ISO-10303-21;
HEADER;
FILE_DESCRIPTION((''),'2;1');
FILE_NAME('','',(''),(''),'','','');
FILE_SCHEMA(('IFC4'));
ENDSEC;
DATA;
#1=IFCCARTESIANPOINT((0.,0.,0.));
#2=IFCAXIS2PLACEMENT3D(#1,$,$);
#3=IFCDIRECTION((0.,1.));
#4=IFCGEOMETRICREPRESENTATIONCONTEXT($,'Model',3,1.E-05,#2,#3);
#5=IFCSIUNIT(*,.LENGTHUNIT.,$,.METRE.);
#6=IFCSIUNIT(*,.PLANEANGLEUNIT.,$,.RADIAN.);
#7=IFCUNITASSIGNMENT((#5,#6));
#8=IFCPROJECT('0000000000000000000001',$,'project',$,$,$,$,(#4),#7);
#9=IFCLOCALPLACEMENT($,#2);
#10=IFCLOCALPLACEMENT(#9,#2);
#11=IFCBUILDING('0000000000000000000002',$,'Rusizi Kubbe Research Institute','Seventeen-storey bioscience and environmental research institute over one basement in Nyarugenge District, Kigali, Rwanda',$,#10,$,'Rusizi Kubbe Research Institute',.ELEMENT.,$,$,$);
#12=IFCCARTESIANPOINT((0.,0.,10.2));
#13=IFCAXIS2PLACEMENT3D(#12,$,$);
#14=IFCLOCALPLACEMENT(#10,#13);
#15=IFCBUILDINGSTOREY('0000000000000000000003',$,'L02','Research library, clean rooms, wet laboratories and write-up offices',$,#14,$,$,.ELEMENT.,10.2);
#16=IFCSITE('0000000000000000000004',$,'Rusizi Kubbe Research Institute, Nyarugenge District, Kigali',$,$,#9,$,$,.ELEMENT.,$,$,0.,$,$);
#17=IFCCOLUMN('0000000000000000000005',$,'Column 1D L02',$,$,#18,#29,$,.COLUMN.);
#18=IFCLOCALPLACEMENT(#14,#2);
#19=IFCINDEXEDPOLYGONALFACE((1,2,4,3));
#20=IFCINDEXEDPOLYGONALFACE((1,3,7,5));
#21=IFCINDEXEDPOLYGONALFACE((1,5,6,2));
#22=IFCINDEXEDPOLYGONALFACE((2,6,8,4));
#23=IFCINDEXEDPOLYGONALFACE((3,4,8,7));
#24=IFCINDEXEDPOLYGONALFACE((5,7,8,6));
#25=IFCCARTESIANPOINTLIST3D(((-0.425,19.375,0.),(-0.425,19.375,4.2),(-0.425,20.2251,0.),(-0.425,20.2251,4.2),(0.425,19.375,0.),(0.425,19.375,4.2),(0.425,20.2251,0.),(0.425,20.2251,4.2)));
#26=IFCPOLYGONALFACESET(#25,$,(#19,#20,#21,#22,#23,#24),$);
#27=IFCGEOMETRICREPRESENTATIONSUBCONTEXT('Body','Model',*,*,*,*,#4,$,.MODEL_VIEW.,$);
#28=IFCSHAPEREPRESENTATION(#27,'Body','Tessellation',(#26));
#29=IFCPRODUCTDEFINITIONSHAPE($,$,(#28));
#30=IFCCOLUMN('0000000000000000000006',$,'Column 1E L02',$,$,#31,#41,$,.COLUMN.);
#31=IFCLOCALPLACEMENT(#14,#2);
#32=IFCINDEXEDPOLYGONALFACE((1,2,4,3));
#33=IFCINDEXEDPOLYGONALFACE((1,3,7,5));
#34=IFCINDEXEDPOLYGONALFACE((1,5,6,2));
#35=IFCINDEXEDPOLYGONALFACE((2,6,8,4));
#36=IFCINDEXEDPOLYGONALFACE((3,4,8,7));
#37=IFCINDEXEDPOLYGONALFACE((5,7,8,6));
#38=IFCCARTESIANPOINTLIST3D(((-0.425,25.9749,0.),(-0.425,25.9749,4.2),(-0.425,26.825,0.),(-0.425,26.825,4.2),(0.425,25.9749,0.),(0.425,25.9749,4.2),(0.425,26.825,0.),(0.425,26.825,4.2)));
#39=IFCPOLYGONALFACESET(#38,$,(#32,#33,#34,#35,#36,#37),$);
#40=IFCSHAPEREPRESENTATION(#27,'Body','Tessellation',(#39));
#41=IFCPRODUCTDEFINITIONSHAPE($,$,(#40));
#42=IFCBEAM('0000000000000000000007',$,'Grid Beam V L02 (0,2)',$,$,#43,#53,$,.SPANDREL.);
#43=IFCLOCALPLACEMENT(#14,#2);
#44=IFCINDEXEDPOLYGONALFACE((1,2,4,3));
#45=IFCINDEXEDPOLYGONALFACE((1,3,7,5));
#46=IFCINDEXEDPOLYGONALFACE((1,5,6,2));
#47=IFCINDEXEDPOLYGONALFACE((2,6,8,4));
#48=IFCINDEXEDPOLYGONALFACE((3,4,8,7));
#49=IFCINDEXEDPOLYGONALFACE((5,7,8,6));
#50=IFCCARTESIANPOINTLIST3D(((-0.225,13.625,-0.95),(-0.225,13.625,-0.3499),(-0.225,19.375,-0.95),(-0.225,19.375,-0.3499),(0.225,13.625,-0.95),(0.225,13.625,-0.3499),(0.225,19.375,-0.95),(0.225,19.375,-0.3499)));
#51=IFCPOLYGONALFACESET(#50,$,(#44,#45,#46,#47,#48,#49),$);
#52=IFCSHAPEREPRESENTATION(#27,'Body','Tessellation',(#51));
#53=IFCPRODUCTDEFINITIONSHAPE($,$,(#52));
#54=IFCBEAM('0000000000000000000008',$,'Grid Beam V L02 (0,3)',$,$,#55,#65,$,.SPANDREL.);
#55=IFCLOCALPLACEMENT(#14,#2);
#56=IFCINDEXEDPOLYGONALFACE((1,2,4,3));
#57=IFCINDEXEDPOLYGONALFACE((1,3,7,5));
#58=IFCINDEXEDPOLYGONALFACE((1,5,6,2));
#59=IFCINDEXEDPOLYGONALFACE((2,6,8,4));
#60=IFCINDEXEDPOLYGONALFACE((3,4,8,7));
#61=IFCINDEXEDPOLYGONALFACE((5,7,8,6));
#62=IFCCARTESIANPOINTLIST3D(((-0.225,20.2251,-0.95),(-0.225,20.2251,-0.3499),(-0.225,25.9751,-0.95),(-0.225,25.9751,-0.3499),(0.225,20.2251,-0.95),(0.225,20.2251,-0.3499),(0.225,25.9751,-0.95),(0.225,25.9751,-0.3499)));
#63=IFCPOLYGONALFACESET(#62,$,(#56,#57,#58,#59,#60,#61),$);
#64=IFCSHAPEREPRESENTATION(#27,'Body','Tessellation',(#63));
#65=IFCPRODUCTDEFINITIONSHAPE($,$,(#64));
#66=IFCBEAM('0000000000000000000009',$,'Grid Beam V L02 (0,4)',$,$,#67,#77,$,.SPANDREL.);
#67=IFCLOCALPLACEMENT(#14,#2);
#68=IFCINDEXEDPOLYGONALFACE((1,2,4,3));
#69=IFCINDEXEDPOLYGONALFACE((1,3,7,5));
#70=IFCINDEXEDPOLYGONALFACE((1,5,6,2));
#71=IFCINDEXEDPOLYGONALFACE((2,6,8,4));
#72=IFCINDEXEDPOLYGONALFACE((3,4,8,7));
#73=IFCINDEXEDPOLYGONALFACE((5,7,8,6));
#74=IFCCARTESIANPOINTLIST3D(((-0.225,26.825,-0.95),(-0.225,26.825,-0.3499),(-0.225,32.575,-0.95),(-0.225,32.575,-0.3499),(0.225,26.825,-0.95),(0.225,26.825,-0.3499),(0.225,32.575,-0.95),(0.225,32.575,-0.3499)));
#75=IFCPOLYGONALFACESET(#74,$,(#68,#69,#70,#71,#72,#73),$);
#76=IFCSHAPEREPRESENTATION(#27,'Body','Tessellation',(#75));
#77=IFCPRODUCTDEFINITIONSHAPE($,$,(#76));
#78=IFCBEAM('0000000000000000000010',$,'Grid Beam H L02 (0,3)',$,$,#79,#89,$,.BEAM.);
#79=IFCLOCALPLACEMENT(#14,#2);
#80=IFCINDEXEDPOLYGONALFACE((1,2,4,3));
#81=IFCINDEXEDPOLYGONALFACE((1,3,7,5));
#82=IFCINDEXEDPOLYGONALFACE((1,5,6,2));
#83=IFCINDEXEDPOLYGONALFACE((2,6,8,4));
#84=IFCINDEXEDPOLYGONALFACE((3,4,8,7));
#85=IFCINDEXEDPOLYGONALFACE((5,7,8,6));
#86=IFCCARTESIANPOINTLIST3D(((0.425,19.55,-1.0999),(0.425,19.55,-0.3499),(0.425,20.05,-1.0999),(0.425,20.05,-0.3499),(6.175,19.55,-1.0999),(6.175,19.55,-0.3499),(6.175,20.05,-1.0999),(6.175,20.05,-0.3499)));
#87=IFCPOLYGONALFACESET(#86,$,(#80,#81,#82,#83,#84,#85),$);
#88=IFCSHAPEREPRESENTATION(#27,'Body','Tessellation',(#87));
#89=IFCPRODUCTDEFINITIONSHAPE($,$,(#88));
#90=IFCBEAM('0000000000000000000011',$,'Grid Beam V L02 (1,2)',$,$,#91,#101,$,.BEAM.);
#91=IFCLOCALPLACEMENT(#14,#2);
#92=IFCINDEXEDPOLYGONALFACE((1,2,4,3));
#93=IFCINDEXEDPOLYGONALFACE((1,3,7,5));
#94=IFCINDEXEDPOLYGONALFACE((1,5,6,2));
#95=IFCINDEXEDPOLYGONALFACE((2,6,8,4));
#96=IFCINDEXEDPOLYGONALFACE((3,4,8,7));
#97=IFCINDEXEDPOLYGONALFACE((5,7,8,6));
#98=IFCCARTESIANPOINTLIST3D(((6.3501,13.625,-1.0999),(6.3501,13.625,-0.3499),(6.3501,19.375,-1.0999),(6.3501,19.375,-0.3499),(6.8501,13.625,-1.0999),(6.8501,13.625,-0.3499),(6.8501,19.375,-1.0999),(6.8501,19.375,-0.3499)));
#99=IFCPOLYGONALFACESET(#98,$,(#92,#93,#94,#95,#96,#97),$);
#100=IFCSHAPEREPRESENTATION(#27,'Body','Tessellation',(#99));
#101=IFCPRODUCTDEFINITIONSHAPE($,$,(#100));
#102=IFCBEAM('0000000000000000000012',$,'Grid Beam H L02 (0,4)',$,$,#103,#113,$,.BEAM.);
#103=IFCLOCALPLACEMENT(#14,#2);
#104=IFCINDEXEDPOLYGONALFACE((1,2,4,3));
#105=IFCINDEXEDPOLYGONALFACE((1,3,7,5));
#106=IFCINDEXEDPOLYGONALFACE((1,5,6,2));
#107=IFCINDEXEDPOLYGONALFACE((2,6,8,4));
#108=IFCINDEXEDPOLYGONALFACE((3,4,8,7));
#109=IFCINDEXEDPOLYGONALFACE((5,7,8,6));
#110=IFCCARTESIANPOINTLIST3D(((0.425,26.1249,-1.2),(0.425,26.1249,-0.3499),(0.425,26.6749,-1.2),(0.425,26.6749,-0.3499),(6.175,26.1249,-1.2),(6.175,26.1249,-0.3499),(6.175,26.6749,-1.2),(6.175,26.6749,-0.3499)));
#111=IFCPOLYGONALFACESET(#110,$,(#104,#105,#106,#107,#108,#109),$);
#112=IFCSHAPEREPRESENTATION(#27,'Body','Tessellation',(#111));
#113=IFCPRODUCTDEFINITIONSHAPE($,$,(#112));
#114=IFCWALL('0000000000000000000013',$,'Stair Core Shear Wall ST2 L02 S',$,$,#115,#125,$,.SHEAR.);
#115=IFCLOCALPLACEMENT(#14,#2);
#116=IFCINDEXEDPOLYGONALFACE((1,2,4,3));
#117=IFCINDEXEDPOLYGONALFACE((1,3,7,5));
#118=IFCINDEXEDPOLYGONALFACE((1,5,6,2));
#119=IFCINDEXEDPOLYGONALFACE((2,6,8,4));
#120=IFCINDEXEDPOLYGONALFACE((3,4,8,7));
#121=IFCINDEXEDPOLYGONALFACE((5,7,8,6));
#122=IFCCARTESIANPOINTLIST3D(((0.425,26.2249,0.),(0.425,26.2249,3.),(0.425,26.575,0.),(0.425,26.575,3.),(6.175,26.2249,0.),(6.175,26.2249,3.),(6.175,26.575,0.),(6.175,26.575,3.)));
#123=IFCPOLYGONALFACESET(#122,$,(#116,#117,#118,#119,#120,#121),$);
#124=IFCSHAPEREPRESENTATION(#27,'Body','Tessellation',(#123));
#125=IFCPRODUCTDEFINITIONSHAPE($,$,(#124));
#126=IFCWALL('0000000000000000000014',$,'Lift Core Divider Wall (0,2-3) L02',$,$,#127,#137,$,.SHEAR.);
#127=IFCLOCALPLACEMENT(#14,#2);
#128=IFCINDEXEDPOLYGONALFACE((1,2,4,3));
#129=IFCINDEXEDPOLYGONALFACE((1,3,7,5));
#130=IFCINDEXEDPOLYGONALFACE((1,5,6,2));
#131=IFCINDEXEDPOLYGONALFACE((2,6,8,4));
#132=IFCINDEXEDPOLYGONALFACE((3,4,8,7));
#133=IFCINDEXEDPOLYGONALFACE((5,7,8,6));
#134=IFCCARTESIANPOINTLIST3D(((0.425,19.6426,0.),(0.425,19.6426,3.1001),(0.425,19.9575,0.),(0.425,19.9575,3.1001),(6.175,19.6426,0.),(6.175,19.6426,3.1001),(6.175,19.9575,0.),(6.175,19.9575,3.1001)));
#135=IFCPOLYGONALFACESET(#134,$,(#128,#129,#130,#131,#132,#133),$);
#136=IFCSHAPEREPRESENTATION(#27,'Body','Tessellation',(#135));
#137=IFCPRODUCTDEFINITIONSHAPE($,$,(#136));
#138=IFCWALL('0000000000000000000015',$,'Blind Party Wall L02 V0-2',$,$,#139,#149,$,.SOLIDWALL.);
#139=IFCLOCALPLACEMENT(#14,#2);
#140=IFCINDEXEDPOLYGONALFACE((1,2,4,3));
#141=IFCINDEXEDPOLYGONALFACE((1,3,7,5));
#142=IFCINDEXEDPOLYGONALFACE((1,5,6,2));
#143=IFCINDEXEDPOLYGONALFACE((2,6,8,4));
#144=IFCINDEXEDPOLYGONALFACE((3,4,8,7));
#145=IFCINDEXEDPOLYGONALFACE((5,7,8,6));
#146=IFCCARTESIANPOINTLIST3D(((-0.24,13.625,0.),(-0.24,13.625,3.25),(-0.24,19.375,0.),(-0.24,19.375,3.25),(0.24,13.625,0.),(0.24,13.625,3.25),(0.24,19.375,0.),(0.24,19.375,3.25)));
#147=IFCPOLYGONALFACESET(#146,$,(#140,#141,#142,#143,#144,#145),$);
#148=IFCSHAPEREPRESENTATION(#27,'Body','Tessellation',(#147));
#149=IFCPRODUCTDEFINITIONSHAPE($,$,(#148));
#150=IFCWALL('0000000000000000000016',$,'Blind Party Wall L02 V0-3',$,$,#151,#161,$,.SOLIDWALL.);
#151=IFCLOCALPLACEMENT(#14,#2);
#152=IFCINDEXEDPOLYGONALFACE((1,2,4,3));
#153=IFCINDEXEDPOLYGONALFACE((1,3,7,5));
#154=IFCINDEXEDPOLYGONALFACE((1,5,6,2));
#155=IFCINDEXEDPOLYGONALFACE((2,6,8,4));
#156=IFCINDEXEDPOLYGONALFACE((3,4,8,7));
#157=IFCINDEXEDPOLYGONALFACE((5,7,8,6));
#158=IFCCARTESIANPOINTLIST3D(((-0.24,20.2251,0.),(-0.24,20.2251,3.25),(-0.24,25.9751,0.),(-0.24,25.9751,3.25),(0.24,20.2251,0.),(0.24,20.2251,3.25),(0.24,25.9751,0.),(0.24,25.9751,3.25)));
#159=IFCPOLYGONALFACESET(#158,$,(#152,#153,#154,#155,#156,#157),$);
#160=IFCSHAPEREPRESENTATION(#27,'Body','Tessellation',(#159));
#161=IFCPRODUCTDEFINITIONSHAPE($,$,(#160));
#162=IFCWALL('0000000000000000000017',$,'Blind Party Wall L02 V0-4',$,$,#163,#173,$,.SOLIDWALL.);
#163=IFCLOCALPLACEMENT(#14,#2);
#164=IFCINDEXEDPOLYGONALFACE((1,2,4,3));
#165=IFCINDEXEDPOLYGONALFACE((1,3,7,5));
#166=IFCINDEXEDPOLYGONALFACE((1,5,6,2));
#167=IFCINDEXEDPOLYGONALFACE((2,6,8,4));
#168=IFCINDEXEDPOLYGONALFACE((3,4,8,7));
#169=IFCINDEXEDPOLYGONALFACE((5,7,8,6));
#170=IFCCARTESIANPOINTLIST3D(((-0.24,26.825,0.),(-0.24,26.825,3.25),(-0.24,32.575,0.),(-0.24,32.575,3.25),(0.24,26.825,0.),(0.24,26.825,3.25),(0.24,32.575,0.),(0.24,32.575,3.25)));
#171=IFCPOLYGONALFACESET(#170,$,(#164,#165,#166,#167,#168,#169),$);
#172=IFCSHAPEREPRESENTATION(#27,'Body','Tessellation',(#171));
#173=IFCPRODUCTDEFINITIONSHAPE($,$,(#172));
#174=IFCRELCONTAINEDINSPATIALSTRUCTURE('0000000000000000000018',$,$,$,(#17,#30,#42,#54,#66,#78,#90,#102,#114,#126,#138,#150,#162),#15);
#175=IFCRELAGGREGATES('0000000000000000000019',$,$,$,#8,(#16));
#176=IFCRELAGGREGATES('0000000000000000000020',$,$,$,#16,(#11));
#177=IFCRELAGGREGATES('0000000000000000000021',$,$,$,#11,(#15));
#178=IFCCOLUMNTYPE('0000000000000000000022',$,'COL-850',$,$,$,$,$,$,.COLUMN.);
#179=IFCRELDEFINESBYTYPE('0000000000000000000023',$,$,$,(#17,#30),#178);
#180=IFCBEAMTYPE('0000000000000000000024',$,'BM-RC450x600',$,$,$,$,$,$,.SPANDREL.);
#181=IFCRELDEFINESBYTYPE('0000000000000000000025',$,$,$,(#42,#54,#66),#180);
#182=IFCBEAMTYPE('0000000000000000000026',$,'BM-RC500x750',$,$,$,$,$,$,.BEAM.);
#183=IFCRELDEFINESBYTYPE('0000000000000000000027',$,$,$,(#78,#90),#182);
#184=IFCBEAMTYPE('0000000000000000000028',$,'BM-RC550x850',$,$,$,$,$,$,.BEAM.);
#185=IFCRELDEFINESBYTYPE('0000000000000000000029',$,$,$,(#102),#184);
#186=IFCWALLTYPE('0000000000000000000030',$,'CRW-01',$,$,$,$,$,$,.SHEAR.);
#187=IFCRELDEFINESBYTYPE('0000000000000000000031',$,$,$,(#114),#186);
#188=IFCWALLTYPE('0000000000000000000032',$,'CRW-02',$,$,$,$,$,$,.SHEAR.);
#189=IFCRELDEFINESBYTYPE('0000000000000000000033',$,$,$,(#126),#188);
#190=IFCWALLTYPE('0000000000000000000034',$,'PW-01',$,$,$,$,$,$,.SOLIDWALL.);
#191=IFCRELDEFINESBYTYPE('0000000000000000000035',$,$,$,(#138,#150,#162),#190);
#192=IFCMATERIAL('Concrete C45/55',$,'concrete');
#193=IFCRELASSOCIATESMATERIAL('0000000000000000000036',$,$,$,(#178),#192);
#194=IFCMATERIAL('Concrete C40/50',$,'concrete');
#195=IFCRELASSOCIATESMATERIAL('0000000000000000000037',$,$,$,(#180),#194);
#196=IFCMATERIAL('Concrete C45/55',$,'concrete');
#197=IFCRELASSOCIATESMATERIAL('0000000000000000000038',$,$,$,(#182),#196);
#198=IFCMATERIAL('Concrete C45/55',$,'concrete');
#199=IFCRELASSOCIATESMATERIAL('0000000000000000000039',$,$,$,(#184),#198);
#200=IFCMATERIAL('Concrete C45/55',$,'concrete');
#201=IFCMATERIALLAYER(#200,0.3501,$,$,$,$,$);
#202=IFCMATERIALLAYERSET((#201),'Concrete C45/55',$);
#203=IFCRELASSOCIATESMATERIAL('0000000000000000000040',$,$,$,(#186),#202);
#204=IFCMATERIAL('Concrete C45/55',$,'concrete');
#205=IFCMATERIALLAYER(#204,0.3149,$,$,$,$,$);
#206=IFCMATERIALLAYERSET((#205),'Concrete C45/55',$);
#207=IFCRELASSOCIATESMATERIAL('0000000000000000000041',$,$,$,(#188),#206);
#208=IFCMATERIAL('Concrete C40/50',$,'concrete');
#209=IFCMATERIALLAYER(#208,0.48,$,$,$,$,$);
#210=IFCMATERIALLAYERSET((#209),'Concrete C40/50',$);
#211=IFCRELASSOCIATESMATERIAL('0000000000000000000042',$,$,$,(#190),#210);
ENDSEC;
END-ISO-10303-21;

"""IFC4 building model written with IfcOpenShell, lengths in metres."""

from ifc_helpers import new_model, si_unit, direction, frame, frame_2d, origin, origin_2d, place, context, subcontext, project, spatial, rectangle, extrude, material, layer, layer_set, material_profile, profile_set, type_object, element, save


model = new_model("IFC4")

# Units and contexts
model_context = context("Model", 3, precision=1e-05, world=origin(), true_north=direction((0.0, 1.0)))
body_context = subcontext(model_context, "Body", "Model", "MODEL_VIEW")
ifc_project = project(units=[si_unit("LENGTHUNIT", "METRE"), si_unit("PLANEANGLEUNIT", "RADIAN")], contexts=[model_context])

# Site, building, storey
site_placement = place(None, origin())
site = spatial("IfcSite", under=ifc_project, at=site_placement, Name="Rusizi Kubbe Research Institute, Nyarugenge District, Kigali", CompositionType="ELEMENT", RefElevation=0.0)
building_placement = place(site_placement, origin())
building = spatial("IfcBuilding", under=site, at=building_placement, Name="Rusizi Kubbe Research Institute", Description="Seventeen-storey bioscience and environmental research institute over one basement in Nyarugenge District, Kigali, Rwanda", LongName="Rusizi Kubbe Research Institute", CompositionType="ELEMENT")
storey_placement = place(building_placement, frame((0.0, 0.0, 10.2)))
storey = spatial("IfcBuildingStorey", under=building, at=storey_placement, Name="L02", Description="Research library, clean rooms, wet laboratories and write-up offices", CompositionType="ELEMENT", Elevation=10.2)

# Columns
ifc_material_1 = material(Name="Concrete C45/55", Category="concrete")
ifc_material_profile_1 = material_profile(ifc_material_1, rectangle(XDim=0.8501, YDim=0.8501, at=origin_2d()), Name="RC850x850")
ifc_profile_set_1 = profile_set([ifc_material_profile_1], Name="Concrete C45/55")
column_type = type_object("IfcColumnType", Name="COL-850", PredefinedType="COLUMN", material=ifc_profile_set_1)
for number, where, z_axis, x_axis, name in (
    (1, (0.0, 19.8, 0.0), (0.0, 0.0, 1.0), (1.0, 0.0, 0.0), "Column 1D L02"),
    (2, (0.0, 26.3999, 0.0), (0.0, 0.0, 1.0), (1.0, 0.0, 0.0), "Column 1E L02"),
):
    element("IfcColumn", number, at=place(storey_placement, frame(where, z_axis=z_axis, x_axis=x_axis)), inside=storey, type_object=column_type, Name=name, PredefinedType="COLUMN", context=body_context, shape_type="SweptSolid", body=[
        extrude(rectangle(XDim=0.8501, YDim=0.8501, at=origin_2d()), origin(), (0.0, 0.0, 1.0), 4.2),
    ])

# Beams
ifc_material_2 = material(Name="Concrete C40/50", Category="concrete")
ifc_material_profile_2 = material_profile(ifc_material_2, rectangle(XDim=0.45, YDim=0.6001, at=origin_2d()), Name="RC450x600")
ifc_profile_set_2 = profile_set([ifc_material_profile_2], Name="Concrete C40/50")
beam_type_1 = type_object("IfcBeamType", Name="BM-RC450x600", PredefinedType="SPANDREL", material=ifc_profile_set_2)
for number, where, z_axis, x_axis, name in (
    (3, (0.0, 13.625, -0.6499), (0.0, 1.0, 0.0), (-1.0, 0.0, 0.0), "Grid Beam V L02 (0,2)"),
    (4, (0.0, 20.2251, -0.6499), (0.0, 1.0, 0.0), (-1.0, 0.0, 0.0), "Grid Beam V L02 (0,3)"),
    (5, (0.0, 26.825, -0.6499), (0.0, 1.0, 0.0), (-1.0, 0.0, 0.0), "Grid Beam V L02 (0,4)"),
):
    element("IfcBeam", number, at=place(storey_placement, frame(where, z_axis=z_axis, x_axis=x_axis)), inside=storey, type_object=beam_type_1, Name=name, PredefinedType="SPANDREL", context=body_context, shape_type="SweptSolid", body=[
        extrude(rectangle(XDim=0.45, YDim=0.6001, at=origin_2d()), origin(), (0.0, 0.0, 1.0), 5.75),
    ])
ifc_material_3 = material(Name="Concrete C45/55", Category="concrete")
ifc_material_profile_3 = material_profile(ifc_material_3, rectangle(XDim=0.5, YDim=0.75, at=origin_2d()), Name="RC500x750B")
ifc_profile_set_3 = profile_set([ifc_material_profile_3], Name="Concrete C45/55")
beam_type_2 = type_object("IfcBeamType", Name="BM-RC500x750", PredefinedType="BEAM", material=ifc_profile_set_3)
for number, where, z_axis, x_axis, name in (
    (6, (0.425, 19.8, -0.7249), (1.0, 0.0, 0.0), (0.0, 1.0, 0.0), "Grid Beam H L02 (0,3)"),
    (7, (6.6001, 13.625, -0.7249), (0.0, 1.0, 0.0), (-1.0, 0.0, 0.0), "Grid Beam V L02 (1,2)"),
):
    element("IfcBeam", number, at=place(storey_placement, frame(where, z_axis=z_axis, x_axis=x_axis)), inside=storey, type_object=beam_type_2, Name=name, PredefinedType="BEAM", context=body_context, shape_type="SweptSolid", body=[
        extrude(rectangle(XDim=0.5, YDim=0.75, at=origin_2d()), origin(), (0.0, 0.0, 1.0), 5.75),
    ])
ifc_material_4 = material(Name="Concrete C45/55", Category="concrete")
ifc_material_profile_4 = material_profile(ifc_material_4, rectangle(XDim=0.55, YDim=0.8501, at=origin_2d()), Name="RC550x850")
ifc_profile_set_4 = profile_set([ifc_material_profile_4], Name="Concrete C45/55")
beam_type_3 = type_object("IfcBeamType", Name="BM-RC550x850", PredefinedType="BEAM", material=ifc_profile_set_4)
beam_placement = place(storey_placement, frame((0.425, 26.3999, -0.7749), z_axis=(1.0, 0.0, 0.0), x_axis=(0.0, 1.0, 0.0)))
element("IfcBeam", 8, at=beam_placement, inside=storey, type_object=beam_type_3, Name="Grid Beam H L02 (0,4)", PredefinedType="BEAM", context=body_context, shape_type="SweptSolid", body=[
    extrude(rectangle(XDim=0.55, YDim=0.8501, at=origin_2d()), origin(), (0.0, 0.0, 1.0), 5.75),
])

# Walls
ifc_material_5 = material(Name="Concrete C45/55", Category="concrete")
ifc_layer_1 = layer(ifc_material_5, 0.3501)
ifc_layer_set_1 = layer_set([ifc_layer_1], Name="Concrete C45/55")
wall_type_1 = type_object("IfcWallType", Name="CRW-01", PredefinedType="SHEAR", material=ifc_layer_set_1)
wall_1_placement = place(storey_placement, frame((0.425, 26.3999, 0.0), z_axis=(0.0, 0.0, 1.0), x_axis=(1.0, 0.0, 0.0)))
element("IfcWall", 9, at=wall_1_placement, inside=storey, type_object=wall_type_1, Name="Stair Core Shear Wall ST2 L02 S", PredefinedType="SHEAR", context=body_context, shape_type="SweptSolid", body=[
    extrude(rectangle(XDim=5.75, YDim=0.3501, at=frame_2d((2.875, 0.0))), origin(), (0.0, 0.0, 1.0), 3.0),
])
ifc_material_6 = material(Name="Concrete C45/55", Category="concrete")
ifc_layer_2 = layer(ifc_material_6, 0.3149)
ifc_layer_set_2 = layer_set([ifc_layer_2], Name="Concrete C45/55")
wall_type_2 = type_object("IfcWallType", Name="CRW-02", PredefinedType="SHEAR", material=ifc_layer_set_2)
wall_2_placement = place(storey_placement, frame((0.425, 19.8, 0.0), z_axis=(0.0, 0.0, 1.0), x_axis=(1.0, 0.0, 0.0)))
element("IfcWall", 10, at=wall_2_placement, inside=storey, type_object=wall_type_2, Name="Lift Core Divider Wall (0,2-3) L02", PredefinedType="SHEAR", context=body_context, shape_type="SweptSolid", body=[
    extrude(rectangle(XDim=5.75, YDim=0.3149, at=frame_2d((2.875, 0.0))), origin(), (0.0, 0.0, 1.0), 3.1001),
])

# Walls
ifc_material_7 = material(Name="Concrete C40/50", Category="concrete")
ifc_layer_3 = layer(ifc_material_7, 0.48)
ifc_layer_set_3 = layer_set([ifc_layer_3], Name="Concrete C40/50")
wall_type_3 = type_object("IfcWallType", Name="PW-01", PredefinedType="SOLIDWALL", material=ifc_layer_set_3)
for number, where, z_axis, x_axis, name in (
    (11, (0.0, 13.625, 0.0), (0.0, 0.0, 1.0), (0.0, 1.0, 0.0), "Blind Party Wall L02 V0-2"),
    (12, (0.0, 20.2251, 0.0), (0.0, 0.0, 1.0), (0.0, 1.0, 0.0), "Blind Party Wall L02 V0-3"),
    (13, (0.0, 26.825, 0.0), (0.0, 0.0, 1.0), (0.0, 1.0, 0.0), "Blind Party Wall L02 V0-4"),
):
    element("IfcWall", number, at=place(storey_placement, frame(where, z_axis=z_axis, x_axis=x_axis)), inside=storey, type_object=wall_type_3, Name=name, PredefinedType="SOLIDWALL", context=body_context, shape_type="SweptSolid", body=[
        extrude(rectangle(XDim=5.75, YDim=0.48, at=frame_2d((2.875, 0.0))), origin(), (0.0, 0.0, 1.0), 3.25),
    ])

save(model, "model.ifc")
